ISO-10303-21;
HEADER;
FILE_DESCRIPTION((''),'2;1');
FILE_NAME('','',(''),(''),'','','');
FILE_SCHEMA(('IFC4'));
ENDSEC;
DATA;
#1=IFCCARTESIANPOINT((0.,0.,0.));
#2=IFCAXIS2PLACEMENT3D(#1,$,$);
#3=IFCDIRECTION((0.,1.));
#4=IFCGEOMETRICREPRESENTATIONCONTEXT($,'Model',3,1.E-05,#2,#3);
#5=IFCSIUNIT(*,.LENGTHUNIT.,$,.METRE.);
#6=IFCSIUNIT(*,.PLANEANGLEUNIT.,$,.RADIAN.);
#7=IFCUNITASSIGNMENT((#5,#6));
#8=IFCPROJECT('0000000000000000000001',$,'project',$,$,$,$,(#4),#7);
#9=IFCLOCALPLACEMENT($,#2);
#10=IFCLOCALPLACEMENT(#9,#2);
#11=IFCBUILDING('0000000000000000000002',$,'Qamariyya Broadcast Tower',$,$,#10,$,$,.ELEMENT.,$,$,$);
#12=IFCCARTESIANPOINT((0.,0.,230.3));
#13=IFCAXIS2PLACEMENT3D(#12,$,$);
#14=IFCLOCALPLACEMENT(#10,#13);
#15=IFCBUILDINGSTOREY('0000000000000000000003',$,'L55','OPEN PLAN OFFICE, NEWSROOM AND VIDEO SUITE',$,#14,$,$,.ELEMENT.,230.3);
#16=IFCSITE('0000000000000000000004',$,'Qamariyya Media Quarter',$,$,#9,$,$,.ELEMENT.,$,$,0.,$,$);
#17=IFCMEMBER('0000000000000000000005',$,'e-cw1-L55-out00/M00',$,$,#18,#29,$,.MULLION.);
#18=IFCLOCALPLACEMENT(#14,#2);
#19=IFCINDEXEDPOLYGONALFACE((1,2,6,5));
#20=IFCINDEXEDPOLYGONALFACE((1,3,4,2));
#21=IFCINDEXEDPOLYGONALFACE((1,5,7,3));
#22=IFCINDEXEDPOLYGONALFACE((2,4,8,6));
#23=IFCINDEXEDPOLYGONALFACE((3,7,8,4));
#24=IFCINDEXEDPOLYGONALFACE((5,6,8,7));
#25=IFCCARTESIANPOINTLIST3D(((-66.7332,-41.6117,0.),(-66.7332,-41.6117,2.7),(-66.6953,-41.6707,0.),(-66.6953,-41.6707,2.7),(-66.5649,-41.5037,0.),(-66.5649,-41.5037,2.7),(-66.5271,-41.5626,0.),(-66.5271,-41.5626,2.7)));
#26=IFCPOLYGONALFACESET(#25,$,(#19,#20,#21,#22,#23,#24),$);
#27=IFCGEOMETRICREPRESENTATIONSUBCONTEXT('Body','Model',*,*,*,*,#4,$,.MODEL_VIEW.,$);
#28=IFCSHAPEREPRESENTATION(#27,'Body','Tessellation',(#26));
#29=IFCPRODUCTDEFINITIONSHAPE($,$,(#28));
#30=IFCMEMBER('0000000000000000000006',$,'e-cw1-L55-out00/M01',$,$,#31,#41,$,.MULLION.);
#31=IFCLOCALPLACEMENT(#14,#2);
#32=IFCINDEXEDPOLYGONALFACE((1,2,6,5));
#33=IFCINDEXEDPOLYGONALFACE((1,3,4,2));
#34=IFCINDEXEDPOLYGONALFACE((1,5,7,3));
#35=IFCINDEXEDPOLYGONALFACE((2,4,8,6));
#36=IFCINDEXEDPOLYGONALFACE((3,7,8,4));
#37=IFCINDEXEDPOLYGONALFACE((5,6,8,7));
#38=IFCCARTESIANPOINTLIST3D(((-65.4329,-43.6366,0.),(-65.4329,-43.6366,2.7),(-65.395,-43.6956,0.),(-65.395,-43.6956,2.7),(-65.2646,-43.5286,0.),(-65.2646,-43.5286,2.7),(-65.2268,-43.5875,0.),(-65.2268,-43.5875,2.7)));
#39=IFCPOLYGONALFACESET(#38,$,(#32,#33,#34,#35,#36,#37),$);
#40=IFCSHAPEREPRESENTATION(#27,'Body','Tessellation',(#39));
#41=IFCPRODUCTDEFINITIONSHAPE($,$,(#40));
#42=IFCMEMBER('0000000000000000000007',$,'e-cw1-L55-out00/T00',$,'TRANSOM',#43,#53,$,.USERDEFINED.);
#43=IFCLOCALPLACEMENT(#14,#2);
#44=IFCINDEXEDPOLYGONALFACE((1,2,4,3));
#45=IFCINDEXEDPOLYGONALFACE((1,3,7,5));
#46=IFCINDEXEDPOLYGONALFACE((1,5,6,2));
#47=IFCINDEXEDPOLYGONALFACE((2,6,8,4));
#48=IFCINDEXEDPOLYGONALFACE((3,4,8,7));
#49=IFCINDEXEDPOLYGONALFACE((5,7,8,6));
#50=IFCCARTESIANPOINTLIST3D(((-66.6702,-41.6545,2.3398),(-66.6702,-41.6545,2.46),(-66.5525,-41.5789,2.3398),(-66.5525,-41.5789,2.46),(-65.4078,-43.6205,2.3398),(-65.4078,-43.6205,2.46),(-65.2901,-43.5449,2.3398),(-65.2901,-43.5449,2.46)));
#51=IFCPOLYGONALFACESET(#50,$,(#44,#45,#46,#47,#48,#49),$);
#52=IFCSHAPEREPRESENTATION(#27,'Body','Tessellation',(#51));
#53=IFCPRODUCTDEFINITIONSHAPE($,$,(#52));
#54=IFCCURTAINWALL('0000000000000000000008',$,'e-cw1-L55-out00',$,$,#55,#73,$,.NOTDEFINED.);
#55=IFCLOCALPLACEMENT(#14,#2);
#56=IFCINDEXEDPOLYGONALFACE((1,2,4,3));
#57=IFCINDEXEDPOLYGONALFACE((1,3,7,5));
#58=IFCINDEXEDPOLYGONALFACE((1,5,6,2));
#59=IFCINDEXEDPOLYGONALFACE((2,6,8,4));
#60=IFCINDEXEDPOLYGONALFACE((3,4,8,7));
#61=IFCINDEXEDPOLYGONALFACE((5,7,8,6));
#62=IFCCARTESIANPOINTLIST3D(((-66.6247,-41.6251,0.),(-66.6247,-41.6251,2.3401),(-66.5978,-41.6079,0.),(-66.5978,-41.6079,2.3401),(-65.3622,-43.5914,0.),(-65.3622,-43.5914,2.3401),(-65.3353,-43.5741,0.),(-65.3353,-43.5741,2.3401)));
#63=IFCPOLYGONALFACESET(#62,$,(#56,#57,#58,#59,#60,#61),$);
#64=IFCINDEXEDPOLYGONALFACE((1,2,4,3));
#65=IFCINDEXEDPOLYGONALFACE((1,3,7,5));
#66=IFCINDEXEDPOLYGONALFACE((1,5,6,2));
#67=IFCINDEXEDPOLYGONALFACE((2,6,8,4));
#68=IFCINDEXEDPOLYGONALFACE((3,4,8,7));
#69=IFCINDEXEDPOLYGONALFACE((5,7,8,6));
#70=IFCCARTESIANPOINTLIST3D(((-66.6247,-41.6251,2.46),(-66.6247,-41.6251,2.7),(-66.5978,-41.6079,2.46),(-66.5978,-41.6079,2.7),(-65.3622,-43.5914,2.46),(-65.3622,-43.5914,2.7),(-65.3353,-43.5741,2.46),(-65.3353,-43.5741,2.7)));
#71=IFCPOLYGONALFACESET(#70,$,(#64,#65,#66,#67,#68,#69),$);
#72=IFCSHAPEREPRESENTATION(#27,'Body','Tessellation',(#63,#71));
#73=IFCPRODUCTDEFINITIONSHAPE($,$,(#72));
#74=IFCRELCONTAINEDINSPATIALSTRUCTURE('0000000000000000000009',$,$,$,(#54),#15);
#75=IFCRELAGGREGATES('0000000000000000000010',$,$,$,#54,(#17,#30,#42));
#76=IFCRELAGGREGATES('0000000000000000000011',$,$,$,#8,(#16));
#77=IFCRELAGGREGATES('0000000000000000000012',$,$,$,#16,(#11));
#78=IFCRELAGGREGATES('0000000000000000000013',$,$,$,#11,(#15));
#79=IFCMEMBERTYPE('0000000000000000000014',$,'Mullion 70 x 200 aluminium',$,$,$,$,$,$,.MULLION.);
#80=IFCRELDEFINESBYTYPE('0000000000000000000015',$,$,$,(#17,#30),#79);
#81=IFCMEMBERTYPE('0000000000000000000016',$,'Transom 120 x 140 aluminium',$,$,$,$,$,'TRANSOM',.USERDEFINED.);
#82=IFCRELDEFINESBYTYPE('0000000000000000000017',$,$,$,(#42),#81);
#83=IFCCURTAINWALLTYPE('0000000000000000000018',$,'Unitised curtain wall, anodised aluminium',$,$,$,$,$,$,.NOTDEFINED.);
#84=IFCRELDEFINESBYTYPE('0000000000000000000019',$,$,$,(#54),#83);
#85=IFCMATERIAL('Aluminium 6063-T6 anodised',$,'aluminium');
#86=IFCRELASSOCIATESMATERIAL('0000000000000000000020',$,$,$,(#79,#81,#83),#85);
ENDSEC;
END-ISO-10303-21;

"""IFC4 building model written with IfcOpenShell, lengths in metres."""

from ifc_helpers import new_model, si_unit, direction, frame, origin, origin_2d, place, context, subcontext, project, spatial, rectangle, extrude, material, material_profile, profile_set, type_object, element, aggregate, save


model = new_model("IFC4")

# Units and contexts
model_context = context("Model", 3, precision=1e-05, world=origin(), true_north=direction((0.0, 1.0)))
body_context = subcontext(model_context, "Body", "Model", "MODEL_VIEW")
ifc_project = project(units=[si_unit("LENGTHUNIT", "METRE"), si_unit("PLANEANGLEUNIT", "RADIAN")], contexts=[model_context])

# Members
ifc_material_1 = material(Name="Aluminium 6063-T6 anodised", Category="aluminium")
ifc_material_profile_1 = material_profile(ifc_material_1, rectangle(XDim=0.2, YDim=0.0701, at=origin_2d()))
ifc_profile_set_1 = profile_set([ifc_material_profile_1], Name="Aluminium 6063-T6 anodised")
member_type_1 = type_object("IfcMemberType", Name="Mullion 70 x 200 aluminium", PredefinedType="MULLION", material=ifc_profile_set_1)
site_placement = place(None, origin())
building_placement = place(site_placement, origin())
storey_placement = place(building_placement, frame((0.0, 0.0, 230.3)))
member_1_placement = place(storey_placement, frame((-66.6301, -41.5872, 0.0), z_axis=(0.0, 0.0, 1.0), x_axis=(0.841439, 0.540353, 0.0)))
member_1 = element("IfcMember", 1, at=member_1_placement, type_object=member_type_1, Name="e-cw1-L55-out00/M00", PredefinedType="MULLION", context=body_context, shape_type="SweptSolid", body=[
    extrude(rectangle(XDim=0.2, YDim=0.0701, at=origin_2d()), origin(), (0.0, 0.0, 1.0), 2.7),
])
member_2_placement = place(storey_placement, frame((-65.3298, -43.6121, 0.0), z_axis=(0.0, 0.0, 1.0), x_axis=(0.841439, 0.540353, 0.0)))
member_2 = element("IfcMember", 2, at=member_2_placement, type_object=member_type_1, Name="e-cw1-L55-out00/M01", PredefinedType="MULLION", context=body_context, shape_type="SweptSolid", body=[
    extrude(rectangle(XDim=0.2, YDim=0.0701, at=origin_2d()), origin(), (0.0, 0.0, 1.0), 2.7),
])
ifc_material_profile_2 = material_profile(ifc_material_1, rectangle(XDim=0.1399, YDim=0.1201, at=origin_2d()))
ifc_profile_set_2 = profile_set([ifc_material_profile_2], Name="Aluminium 6063-T6 anodised")
member_type_2 = type_object("IfcMemberType", Name="Transom 120 x 140 aluminium", ElementType="TRANSOM", PredefinedType="USERDEFINED", material=ifc_profile_set_2)
member_3_placement = place(storey_placement, frame((-66.6113, -41.6167, 2.3999), z_axis=(0.540319, -0.84146, 0.0), x_axis=(0.84146, 0.540319, 0.0)))
member_3 = element("IfcMember", 3, at=member_3_placement, type_object=member_type_2, Name="e-cw1-L55-out00/T00", ObjectType="TRANSOM", PredefinedType="USERDEFINED", context=body_context, shape_type="SweptSolid", body=[
    extrude(rectangle(XDim=0.1399, YDim=0.1201, at=origin_2d()), origin(), (0.0, 0.0, 1.0), 2.3364),
])

# Site, building, storey
site = spatial("IfcSite", under=ifc_project, at=site_placement, Name="Qamariyya Media Quarter", CompositionType="ELEMENT", RefElevation=0.0)
building = spatial("IfcBuilding", under=site, at=building_placement, Name="Qamariyya Broadcast Tower", CompositionType="ELEMENT")
storey = spatial("IfcBuildingStorey", under=building, at=storey_placement, Name="L55", Description="OPEN PLAN OFFICE, NEWSROOM AND VIDEO SUITE", CompositionType="ELEMENT", Elevation=230.3)

# Curtain wall
curtain_wall_type = type_object("IfcCurtainWallType", Name="Unitised curtain wall, anodised aluminium", PredefinedType="NOTDEFINED", material=ifc_material_1)
curtain_wall_1_placement = place(storey_placement, origin())
curtain_wall_1 = element("IfcCurtainWall", 4, at=curtain_wall_1_placement, inside=storey, type_object=curtain_wall_type, Name="e-cw1-L55-out00", PredefinedType="NOTDEFINED", context=body_context, shape_type="SweptSolid", body=[
    extrude(rectangle(XDim=2.3367, YDim=0.032, at=origin_2d()), frame((-65.98, -42.5996, 0.0), x_axis=(0.540309, -0.841467, 0.0)), (0.0, 0.0, 1.0), 2.3401),
    extrude(rectangle(XDim=2.3367, YDim=0.032, at=origin_2d()), frame((-65.98, -42.5996, 2.46), x_axis=(0.540309, -0.841467, 0.0)), (0.0, 0.0, 1.0), 0.24),
])
aggregate(curtain_wall_1, [member_1, member_2, member_3])

save(model, "model.ifc")
